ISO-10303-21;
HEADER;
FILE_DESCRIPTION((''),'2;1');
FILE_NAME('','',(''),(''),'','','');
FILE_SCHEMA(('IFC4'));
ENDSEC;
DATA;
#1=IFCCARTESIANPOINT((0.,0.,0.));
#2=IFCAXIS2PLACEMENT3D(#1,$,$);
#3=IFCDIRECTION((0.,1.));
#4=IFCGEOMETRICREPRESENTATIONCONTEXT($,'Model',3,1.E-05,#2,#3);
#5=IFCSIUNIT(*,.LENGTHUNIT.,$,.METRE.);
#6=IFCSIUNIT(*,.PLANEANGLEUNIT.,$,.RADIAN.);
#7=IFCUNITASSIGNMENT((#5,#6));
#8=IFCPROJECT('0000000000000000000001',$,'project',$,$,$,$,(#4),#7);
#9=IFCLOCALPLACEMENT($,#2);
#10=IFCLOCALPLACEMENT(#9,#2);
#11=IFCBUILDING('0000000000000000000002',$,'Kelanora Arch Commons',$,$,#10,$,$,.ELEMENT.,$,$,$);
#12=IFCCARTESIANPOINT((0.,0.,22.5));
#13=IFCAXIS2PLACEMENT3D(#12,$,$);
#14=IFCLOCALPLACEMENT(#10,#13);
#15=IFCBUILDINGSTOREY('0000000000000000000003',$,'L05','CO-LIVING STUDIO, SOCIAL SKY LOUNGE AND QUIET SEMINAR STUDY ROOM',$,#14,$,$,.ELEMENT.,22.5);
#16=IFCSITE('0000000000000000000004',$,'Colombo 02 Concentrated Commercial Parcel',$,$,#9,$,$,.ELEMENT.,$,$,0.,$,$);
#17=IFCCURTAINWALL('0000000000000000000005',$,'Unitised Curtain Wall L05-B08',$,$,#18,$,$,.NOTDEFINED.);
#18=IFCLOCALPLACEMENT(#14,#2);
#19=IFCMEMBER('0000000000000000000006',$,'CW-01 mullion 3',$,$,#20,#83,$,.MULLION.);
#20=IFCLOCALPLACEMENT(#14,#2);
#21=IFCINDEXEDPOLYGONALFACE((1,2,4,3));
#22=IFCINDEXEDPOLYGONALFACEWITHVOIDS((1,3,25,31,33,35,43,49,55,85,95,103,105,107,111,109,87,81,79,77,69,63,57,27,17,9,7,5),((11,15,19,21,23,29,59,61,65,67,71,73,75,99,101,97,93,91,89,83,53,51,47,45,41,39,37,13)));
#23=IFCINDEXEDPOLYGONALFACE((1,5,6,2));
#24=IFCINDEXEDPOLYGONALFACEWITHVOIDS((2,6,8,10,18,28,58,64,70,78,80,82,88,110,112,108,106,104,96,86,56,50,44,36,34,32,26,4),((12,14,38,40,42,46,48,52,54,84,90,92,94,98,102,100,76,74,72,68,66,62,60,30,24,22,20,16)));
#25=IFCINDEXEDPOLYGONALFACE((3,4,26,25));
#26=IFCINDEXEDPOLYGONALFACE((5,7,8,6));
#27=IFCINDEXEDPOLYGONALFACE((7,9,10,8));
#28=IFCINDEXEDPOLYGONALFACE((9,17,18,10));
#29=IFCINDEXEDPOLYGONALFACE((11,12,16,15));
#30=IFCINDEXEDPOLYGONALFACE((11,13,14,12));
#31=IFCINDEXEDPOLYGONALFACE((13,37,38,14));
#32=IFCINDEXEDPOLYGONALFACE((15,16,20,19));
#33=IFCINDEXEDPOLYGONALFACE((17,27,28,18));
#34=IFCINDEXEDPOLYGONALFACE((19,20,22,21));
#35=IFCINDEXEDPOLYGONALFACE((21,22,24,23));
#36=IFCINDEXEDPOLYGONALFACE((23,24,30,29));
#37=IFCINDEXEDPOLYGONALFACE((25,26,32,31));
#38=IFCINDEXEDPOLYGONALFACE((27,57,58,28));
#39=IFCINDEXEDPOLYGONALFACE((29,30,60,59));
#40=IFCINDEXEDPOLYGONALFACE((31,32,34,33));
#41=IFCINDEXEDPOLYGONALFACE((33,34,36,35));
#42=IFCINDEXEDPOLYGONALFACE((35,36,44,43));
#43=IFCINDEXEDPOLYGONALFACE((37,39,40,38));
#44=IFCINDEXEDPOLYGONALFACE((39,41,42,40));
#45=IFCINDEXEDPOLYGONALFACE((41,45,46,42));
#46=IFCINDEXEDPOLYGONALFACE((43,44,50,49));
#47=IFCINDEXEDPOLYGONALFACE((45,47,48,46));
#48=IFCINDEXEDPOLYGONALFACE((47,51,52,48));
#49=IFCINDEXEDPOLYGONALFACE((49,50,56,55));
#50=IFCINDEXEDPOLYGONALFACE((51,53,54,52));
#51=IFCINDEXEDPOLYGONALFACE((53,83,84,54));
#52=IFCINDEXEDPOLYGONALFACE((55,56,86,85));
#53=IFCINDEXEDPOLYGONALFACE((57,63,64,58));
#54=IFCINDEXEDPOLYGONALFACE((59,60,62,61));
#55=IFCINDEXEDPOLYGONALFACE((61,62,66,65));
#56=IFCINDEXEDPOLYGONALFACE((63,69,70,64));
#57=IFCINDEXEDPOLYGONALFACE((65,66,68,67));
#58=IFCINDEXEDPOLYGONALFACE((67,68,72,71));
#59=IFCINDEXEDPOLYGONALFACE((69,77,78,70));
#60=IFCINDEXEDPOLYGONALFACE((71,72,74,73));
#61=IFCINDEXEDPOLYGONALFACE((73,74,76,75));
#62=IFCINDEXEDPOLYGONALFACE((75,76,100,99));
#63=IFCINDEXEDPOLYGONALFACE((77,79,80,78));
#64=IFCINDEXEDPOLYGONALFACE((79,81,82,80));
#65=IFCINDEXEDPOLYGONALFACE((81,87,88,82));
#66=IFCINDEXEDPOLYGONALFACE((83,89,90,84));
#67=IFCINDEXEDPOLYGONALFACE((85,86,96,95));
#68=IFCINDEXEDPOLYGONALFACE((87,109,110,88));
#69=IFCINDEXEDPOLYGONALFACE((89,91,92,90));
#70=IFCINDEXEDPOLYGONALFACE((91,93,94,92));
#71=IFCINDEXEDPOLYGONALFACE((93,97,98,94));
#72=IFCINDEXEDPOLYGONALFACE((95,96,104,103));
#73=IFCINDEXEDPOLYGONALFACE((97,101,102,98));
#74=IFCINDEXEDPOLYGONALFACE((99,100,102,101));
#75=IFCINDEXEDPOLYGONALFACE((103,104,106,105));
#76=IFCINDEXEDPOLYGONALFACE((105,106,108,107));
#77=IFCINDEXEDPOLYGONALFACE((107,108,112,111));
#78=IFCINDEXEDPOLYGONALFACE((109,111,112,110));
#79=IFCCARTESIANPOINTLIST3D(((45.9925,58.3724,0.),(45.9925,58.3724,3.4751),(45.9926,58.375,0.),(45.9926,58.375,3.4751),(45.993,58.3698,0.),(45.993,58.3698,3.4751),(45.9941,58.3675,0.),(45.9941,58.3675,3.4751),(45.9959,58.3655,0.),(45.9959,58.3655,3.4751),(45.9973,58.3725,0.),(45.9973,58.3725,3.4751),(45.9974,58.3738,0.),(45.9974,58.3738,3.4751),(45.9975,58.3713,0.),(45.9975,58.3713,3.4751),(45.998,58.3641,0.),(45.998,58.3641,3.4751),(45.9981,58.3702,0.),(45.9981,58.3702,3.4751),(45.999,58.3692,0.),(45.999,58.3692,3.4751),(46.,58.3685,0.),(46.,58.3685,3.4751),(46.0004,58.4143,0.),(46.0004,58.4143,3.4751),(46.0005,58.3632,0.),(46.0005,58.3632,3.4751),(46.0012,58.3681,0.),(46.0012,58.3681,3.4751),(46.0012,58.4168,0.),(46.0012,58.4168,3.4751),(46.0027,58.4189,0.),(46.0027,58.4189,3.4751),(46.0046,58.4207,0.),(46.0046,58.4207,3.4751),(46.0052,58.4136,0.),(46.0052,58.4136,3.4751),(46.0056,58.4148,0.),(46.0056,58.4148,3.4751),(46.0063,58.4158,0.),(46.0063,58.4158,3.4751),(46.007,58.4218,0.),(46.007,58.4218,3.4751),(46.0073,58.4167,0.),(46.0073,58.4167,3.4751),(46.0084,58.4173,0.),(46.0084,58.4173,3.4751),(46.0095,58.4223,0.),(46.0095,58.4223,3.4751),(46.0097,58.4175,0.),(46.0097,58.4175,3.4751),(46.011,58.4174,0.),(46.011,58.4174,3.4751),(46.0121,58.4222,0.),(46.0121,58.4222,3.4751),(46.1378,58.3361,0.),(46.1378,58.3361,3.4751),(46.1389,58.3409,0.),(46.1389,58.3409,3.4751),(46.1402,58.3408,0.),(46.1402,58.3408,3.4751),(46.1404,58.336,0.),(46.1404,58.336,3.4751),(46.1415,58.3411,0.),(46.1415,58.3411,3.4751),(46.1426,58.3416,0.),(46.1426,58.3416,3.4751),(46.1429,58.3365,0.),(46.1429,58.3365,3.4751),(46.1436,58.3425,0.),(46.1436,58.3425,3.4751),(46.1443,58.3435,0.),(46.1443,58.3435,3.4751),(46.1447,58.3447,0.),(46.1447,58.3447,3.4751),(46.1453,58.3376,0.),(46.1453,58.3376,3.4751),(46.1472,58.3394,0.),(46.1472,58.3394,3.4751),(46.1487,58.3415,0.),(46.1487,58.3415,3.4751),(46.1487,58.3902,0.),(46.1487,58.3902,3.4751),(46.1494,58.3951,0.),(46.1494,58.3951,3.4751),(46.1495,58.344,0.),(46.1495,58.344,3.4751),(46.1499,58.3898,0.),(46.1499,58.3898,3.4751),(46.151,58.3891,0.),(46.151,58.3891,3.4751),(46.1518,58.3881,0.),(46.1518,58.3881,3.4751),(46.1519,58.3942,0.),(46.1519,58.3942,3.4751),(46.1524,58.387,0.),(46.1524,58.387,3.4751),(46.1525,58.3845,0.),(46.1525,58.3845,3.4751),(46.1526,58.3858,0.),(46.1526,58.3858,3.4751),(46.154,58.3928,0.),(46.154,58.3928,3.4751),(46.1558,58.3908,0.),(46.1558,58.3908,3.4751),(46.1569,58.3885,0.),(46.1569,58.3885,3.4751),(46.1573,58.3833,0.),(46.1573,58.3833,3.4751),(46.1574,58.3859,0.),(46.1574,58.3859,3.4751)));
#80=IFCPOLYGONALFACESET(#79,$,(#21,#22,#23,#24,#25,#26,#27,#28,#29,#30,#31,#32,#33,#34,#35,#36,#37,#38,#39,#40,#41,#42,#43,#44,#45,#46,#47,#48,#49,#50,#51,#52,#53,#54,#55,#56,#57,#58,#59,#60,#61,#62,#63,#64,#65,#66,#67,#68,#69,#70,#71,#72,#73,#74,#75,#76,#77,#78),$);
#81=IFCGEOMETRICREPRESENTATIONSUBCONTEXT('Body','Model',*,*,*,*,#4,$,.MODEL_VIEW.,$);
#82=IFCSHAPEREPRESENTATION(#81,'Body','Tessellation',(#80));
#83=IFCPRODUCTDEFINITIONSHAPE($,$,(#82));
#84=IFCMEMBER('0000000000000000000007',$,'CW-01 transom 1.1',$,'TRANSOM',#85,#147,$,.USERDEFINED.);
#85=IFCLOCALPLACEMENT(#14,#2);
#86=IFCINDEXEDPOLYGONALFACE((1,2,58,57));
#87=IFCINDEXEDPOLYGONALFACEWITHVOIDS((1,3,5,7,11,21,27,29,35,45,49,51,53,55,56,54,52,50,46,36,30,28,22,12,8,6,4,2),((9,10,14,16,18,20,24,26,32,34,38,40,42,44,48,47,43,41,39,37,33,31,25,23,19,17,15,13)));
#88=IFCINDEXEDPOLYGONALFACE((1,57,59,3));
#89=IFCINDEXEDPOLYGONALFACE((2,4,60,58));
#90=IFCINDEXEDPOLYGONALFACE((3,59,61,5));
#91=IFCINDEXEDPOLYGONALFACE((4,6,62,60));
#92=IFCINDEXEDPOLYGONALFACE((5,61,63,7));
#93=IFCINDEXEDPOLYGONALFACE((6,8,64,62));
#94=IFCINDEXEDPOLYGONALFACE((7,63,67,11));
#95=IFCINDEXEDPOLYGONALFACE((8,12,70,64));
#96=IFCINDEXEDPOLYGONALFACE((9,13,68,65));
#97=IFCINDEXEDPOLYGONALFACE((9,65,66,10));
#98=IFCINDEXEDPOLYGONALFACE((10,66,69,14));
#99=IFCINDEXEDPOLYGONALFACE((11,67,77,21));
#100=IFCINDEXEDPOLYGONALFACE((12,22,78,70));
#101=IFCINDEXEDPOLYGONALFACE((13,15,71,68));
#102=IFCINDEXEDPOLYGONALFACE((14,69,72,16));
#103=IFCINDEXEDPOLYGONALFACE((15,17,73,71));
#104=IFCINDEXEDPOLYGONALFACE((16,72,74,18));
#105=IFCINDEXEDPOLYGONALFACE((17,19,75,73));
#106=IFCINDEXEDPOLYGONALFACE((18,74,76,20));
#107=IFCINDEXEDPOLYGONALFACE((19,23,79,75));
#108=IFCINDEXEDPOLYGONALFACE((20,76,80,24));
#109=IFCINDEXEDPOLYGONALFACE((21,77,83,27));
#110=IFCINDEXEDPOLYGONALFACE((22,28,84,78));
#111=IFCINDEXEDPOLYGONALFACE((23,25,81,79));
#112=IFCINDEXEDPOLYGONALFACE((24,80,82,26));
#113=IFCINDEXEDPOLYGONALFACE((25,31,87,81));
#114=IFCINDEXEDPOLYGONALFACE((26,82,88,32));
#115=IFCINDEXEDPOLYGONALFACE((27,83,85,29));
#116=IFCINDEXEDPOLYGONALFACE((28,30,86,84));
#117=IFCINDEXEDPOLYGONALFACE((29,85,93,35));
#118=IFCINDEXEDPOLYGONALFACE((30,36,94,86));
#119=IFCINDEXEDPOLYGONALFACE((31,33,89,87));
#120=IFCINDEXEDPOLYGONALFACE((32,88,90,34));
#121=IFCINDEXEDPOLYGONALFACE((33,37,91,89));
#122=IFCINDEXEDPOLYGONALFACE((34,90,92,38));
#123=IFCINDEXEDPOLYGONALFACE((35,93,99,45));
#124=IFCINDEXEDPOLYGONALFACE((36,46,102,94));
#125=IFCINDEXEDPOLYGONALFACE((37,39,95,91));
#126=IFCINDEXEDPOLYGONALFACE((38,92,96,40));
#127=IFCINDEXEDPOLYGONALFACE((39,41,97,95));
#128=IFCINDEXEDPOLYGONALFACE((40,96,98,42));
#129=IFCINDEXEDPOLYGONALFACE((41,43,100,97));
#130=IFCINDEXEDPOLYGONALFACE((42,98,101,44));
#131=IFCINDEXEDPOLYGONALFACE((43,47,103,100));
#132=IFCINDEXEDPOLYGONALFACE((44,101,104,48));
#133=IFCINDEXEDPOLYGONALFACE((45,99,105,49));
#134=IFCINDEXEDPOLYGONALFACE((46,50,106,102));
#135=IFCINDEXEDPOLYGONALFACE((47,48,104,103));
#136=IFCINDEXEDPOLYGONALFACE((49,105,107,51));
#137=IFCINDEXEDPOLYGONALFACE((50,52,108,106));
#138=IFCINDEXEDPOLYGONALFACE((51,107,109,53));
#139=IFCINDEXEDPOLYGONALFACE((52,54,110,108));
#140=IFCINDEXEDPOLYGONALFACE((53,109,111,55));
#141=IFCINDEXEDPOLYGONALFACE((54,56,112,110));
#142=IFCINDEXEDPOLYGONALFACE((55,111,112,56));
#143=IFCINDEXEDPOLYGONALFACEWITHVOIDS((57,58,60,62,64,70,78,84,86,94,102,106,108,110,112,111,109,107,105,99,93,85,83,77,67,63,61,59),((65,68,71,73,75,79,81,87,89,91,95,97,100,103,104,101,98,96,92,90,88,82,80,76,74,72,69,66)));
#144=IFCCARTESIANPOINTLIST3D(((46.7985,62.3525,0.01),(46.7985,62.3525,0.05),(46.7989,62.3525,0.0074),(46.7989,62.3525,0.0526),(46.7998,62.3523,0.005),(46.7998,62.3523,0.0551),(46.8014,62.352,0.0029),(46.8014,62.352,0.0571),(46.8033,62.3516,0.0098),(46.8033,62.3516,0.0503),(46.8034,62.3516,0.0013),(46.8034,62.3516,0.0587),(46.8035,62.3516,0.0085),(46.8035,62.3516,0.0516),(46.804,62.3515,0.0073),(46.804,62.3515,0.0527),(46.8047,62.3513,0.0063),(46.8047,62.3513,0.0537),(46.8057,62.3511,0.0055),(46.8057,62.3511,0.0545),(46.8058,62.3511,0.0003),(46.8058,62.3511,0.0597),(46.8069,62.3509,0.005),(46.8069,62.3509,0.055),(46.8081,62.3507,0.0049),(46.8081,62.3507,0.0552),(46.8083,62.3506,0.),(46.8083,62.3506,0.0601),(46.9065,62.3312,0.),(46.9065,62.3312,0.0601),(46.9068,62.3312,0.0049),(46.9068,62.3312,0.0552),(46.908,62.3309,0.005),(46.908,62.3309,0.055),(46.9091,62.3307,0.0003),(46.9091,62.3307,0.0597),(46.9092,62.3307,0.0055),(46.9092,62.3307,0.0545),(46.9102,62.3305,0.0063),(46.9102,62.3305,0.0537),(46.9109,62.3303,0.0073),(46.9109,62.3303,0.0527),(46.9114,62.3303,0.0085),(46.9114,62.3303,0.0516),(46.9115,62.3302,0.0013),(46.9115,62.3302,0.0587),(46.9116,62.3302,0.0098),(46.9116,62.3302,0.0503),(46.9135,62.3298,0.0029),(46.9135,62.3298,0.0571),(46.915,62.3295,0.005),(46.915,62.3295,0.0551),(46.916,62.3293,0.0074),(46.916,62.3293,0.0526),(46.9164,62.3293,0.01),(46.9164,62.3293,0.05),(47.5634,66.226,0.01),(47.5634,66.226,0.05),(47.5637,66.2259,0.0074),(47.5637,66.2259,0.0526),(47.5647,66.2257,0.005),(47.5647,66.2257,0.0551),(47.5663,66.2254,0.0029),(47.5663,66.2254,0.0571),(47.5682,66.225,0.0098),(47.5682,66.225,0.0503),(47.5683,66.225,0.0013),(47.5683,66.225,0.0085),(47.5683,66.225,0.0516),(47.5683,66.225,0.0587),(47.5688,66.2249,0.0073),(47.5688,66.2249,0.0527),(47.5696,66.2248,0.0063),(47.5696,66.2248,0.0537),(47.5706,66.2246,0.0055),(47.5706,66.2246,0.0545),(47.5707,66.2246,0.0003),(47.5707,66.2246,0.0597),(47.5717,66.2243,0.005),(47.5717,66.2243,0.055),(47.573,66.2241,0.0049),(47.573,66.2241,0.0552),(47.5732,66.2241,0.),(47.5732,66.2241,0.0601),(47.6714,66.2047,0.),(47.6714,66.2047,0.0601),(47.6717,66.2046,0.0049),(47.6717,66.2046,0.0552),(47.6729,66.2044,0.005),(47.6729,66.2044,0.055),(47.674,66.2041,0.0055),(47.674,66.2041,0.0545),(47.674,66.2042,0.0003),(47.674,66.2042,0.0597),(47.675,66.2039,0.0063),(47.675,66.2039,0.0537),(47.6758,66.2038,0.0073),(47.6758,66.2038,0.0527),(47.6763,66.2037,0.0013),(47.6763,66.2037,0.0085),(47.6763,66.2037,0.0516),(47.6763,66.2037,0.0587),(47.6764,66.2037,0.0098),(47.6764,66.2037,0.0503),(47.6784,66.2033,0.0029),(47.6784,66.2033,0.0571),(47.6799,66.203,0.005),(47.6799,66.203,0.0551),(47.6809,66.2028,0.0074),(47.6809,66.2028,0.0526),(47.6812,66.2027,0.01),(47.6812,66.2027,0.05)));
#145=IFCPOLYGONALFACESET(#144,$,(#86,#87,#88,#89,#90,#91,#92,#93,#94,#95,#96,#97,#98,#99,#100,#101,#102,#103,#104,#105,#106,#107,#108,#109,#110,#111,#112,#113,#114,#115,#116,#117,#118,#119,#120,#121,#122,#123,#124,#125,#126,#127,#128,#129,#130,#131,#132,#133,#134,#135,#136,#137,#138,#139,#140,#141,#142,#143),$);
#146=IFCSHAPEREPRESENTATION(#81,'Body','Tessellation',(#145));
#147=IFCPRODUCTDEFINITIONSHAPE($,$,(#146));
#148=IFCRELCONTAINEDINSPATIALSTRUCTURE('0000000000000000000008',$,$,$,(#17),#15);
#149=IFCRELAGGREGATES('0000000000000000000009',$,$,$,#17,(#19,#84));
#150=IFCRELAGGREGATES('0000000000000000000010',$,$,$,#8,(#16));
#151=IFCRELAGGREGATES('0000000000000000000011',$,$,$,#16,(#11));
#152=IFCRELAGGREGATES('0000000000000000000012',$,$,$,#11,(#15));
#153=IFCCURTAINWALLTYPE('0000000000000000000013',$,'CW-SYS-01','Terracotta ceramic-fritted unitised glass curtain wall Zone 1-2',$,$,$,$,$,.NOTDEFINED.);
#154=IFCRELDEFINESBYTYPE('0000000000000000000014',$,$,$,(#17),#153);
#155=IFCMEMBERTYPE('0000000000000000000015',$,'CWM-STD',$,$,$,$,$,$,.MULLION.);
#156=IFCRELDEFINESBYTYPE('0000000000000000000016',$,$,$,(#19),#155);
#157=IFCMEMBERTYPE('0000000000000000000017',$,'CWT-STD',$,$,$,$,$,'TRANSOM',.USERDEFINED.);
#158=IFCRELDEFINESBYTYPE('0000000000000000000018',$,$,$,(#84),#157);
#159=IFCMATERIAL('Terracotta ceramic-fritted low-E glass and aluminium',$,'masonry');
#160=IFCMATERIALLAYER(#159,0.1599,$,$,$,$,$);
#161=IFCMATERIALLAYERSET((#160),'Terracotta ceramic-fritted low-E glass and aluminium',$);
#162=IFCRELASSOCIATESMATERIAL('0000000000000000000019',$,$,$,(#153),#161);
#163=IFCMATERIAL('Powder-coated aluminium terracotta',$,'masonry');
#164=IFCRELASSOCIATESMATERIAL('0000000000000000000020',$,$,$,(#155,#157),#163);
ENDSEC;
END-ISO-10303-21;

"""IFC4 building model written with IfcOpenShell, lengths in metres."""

from ifc_helpers import new_model, si_unit, direction, frame, origin, origin_2d, place, context, subcontext, project, spatial, hollow_rectangle, extrude, material, layer, layer_set, material_profile, profile_set, type_object, element, aggregate, save


model = new_model("IFC4")

# Units and contexts
model_context = context("Model", 3, precision=1e-05, world=origin(), true_north=direction((0.0, 1.0)))
body_context = subcontext(model_context, "Body", "Model", "MODEL_VIEW")
ifc_project = project(units=[si_unit("LENGTHUNIT", "METRE"), si_unit("PLANEANGLEUNIT", "RADIAN")], contexts=[model_context])

# Site, building, storey
site_placement = place(None, origin())
site = spatial("IfcSite", under=ifc_project, at=site_placement, Name="Colombo 02 Concentrated Commercial Parcel", CompositionType="ELEMENT", RefElevation=0.0)
building_placement = place(site_placement, origin())
building = spatial("IfcBuilding", under=site, at=building_placement, Name="Kelanora Arch Commons", CompositionType="ELEMENT")
storey_placement = place(building_placement, frame((0.0, 0.0, 22.5)))
storey = spatial("IfcBuildingStorey", under=building, at=storey_placement, Name="L05", Description="CO-LIVING STUDIO, SOCIAL SKY LOUNGE AND QUIET SEMINAR STUDY ROOM", CompositionType="ELEMENT", Elevation=22.5)

# Curtain wall, members
ifc_material_1 = material(Name="Terracotta ceramic-fritted low-E glass and aluminium", Category="masonry")
ifc_layer_1 = layer(ifc_material_1, 0.1599)
ifc_layer_set_1 = layer_set([ifc_layer_1], Name="Terracotta ceramic-fritted low-E glass and aluminium")
curtain_wall_type = type_object("IfcCurtainWallType", Name="CW-SYS-01", Description="Terracotta ceramic-fritted unitised glass curtain wall Zone 1-2", PredefinedType="NOTDEFINED", material=ifc_layer_set_1)
curtain_wall_placement = place(storey_placement, origin())
curtain_wall = element("IfcCurtainWall", 1, at=curtain_wall_placement, inside=storey, type_object=curtain_wall_type, Name="Unitised Curtain Wall L05-B08", PredefinedType="NOTDEFINED")
ifc_material_2 = material(Name="Powder-coated aluminium terracotta", Category="masonry")
ifc_material_profile_1 = material_profile(ifc_material_2, hollow_rectangle(XDim=0.1599, YDim=0.0601, WallThickness=0.0049, InnerFilletRadius=0.0049, OuterFilletRadius=0.01, at=origin_2d()), Name="CWM160x60")
ifc_profile_set_1 = profile_set([ifc_material_profile_1], Name="Powder-coated aluminium terracotta")
member_type_1 = type_object("IfcMemberType", Name="CWM-STD", PredefinedType="MULLION", material=ifc_profile_set_1)
member_1_placement = place(storey_placement, frame((46.075, 58.3792, 0.0), z_axis=(0.0, 0.0, 1.0), x_axis=(0.981052, -0.193744, 0.0)))
member_1 = element("IfcMember", 2, at=member_1_placement, type_object=member_type_1, Name="CW-01 mullion 3", PredefinedType="MULLION", context=body_context, shape_type="SweptSolid", body=[
    extrude(hollow_rectangle(XDim=0.1599, YDim=0.0601, WallThickness=0.0049, InnerFilletRadius=0.0049, OuterFilletRadius=0.01, at=origin_2d()), origin(), (0.0, 0.0, 1.0), 3.4751),
])
ifc_material_profile_2 = material_profile(ifc_material_2, hollow_rectangle(XDim=0.1201, YDim=0.0601, WallThickness=0.0049, InnerFilletRadius=0.0049, OuterFilletRadius=0.01, at=origin_2d()), Name="CWT120x60")
ifc_profile_set_2 = profile_set([ifc_material_profile_2], Name="Powder-coated aluminium terracotta")
member_type_2 = type_object("IfcMemberType", Name="CWT-STD", ElementType="TRANSOM", PredefinedType="USERDEFINED", material=ifc_profile_set_2)
member_2_placement = place(storey_placement, frame((47.6223, 66.2144, 0.03), z_axis=(-0.193725, -0.981056, 0.0), x_axis=(0.981056, -0.193725, 0.0)))
member_2 = element("IfcMember", 3, at=member_2_placement, type_object=member_type_2, Name="CW-01 transom 1.1", ObjectType="TRANSOM", PredefinedType="USERDEFINED", context=body_context, shape_type="SweptSolid", body=[
    extrude(hollow_rectangle(XDim=0.1201, YDim=0.0601, WallThickness=0.0049, InnerFilletRadius=0.0049, OuterFilletRadius=0.01, at=origin_2d()), origin(), (0.0, 0.0, 1.0), 3.9482),
])
aggregate(curtain_wall, [member_1, member_2])

save(model, "model.ifc")
